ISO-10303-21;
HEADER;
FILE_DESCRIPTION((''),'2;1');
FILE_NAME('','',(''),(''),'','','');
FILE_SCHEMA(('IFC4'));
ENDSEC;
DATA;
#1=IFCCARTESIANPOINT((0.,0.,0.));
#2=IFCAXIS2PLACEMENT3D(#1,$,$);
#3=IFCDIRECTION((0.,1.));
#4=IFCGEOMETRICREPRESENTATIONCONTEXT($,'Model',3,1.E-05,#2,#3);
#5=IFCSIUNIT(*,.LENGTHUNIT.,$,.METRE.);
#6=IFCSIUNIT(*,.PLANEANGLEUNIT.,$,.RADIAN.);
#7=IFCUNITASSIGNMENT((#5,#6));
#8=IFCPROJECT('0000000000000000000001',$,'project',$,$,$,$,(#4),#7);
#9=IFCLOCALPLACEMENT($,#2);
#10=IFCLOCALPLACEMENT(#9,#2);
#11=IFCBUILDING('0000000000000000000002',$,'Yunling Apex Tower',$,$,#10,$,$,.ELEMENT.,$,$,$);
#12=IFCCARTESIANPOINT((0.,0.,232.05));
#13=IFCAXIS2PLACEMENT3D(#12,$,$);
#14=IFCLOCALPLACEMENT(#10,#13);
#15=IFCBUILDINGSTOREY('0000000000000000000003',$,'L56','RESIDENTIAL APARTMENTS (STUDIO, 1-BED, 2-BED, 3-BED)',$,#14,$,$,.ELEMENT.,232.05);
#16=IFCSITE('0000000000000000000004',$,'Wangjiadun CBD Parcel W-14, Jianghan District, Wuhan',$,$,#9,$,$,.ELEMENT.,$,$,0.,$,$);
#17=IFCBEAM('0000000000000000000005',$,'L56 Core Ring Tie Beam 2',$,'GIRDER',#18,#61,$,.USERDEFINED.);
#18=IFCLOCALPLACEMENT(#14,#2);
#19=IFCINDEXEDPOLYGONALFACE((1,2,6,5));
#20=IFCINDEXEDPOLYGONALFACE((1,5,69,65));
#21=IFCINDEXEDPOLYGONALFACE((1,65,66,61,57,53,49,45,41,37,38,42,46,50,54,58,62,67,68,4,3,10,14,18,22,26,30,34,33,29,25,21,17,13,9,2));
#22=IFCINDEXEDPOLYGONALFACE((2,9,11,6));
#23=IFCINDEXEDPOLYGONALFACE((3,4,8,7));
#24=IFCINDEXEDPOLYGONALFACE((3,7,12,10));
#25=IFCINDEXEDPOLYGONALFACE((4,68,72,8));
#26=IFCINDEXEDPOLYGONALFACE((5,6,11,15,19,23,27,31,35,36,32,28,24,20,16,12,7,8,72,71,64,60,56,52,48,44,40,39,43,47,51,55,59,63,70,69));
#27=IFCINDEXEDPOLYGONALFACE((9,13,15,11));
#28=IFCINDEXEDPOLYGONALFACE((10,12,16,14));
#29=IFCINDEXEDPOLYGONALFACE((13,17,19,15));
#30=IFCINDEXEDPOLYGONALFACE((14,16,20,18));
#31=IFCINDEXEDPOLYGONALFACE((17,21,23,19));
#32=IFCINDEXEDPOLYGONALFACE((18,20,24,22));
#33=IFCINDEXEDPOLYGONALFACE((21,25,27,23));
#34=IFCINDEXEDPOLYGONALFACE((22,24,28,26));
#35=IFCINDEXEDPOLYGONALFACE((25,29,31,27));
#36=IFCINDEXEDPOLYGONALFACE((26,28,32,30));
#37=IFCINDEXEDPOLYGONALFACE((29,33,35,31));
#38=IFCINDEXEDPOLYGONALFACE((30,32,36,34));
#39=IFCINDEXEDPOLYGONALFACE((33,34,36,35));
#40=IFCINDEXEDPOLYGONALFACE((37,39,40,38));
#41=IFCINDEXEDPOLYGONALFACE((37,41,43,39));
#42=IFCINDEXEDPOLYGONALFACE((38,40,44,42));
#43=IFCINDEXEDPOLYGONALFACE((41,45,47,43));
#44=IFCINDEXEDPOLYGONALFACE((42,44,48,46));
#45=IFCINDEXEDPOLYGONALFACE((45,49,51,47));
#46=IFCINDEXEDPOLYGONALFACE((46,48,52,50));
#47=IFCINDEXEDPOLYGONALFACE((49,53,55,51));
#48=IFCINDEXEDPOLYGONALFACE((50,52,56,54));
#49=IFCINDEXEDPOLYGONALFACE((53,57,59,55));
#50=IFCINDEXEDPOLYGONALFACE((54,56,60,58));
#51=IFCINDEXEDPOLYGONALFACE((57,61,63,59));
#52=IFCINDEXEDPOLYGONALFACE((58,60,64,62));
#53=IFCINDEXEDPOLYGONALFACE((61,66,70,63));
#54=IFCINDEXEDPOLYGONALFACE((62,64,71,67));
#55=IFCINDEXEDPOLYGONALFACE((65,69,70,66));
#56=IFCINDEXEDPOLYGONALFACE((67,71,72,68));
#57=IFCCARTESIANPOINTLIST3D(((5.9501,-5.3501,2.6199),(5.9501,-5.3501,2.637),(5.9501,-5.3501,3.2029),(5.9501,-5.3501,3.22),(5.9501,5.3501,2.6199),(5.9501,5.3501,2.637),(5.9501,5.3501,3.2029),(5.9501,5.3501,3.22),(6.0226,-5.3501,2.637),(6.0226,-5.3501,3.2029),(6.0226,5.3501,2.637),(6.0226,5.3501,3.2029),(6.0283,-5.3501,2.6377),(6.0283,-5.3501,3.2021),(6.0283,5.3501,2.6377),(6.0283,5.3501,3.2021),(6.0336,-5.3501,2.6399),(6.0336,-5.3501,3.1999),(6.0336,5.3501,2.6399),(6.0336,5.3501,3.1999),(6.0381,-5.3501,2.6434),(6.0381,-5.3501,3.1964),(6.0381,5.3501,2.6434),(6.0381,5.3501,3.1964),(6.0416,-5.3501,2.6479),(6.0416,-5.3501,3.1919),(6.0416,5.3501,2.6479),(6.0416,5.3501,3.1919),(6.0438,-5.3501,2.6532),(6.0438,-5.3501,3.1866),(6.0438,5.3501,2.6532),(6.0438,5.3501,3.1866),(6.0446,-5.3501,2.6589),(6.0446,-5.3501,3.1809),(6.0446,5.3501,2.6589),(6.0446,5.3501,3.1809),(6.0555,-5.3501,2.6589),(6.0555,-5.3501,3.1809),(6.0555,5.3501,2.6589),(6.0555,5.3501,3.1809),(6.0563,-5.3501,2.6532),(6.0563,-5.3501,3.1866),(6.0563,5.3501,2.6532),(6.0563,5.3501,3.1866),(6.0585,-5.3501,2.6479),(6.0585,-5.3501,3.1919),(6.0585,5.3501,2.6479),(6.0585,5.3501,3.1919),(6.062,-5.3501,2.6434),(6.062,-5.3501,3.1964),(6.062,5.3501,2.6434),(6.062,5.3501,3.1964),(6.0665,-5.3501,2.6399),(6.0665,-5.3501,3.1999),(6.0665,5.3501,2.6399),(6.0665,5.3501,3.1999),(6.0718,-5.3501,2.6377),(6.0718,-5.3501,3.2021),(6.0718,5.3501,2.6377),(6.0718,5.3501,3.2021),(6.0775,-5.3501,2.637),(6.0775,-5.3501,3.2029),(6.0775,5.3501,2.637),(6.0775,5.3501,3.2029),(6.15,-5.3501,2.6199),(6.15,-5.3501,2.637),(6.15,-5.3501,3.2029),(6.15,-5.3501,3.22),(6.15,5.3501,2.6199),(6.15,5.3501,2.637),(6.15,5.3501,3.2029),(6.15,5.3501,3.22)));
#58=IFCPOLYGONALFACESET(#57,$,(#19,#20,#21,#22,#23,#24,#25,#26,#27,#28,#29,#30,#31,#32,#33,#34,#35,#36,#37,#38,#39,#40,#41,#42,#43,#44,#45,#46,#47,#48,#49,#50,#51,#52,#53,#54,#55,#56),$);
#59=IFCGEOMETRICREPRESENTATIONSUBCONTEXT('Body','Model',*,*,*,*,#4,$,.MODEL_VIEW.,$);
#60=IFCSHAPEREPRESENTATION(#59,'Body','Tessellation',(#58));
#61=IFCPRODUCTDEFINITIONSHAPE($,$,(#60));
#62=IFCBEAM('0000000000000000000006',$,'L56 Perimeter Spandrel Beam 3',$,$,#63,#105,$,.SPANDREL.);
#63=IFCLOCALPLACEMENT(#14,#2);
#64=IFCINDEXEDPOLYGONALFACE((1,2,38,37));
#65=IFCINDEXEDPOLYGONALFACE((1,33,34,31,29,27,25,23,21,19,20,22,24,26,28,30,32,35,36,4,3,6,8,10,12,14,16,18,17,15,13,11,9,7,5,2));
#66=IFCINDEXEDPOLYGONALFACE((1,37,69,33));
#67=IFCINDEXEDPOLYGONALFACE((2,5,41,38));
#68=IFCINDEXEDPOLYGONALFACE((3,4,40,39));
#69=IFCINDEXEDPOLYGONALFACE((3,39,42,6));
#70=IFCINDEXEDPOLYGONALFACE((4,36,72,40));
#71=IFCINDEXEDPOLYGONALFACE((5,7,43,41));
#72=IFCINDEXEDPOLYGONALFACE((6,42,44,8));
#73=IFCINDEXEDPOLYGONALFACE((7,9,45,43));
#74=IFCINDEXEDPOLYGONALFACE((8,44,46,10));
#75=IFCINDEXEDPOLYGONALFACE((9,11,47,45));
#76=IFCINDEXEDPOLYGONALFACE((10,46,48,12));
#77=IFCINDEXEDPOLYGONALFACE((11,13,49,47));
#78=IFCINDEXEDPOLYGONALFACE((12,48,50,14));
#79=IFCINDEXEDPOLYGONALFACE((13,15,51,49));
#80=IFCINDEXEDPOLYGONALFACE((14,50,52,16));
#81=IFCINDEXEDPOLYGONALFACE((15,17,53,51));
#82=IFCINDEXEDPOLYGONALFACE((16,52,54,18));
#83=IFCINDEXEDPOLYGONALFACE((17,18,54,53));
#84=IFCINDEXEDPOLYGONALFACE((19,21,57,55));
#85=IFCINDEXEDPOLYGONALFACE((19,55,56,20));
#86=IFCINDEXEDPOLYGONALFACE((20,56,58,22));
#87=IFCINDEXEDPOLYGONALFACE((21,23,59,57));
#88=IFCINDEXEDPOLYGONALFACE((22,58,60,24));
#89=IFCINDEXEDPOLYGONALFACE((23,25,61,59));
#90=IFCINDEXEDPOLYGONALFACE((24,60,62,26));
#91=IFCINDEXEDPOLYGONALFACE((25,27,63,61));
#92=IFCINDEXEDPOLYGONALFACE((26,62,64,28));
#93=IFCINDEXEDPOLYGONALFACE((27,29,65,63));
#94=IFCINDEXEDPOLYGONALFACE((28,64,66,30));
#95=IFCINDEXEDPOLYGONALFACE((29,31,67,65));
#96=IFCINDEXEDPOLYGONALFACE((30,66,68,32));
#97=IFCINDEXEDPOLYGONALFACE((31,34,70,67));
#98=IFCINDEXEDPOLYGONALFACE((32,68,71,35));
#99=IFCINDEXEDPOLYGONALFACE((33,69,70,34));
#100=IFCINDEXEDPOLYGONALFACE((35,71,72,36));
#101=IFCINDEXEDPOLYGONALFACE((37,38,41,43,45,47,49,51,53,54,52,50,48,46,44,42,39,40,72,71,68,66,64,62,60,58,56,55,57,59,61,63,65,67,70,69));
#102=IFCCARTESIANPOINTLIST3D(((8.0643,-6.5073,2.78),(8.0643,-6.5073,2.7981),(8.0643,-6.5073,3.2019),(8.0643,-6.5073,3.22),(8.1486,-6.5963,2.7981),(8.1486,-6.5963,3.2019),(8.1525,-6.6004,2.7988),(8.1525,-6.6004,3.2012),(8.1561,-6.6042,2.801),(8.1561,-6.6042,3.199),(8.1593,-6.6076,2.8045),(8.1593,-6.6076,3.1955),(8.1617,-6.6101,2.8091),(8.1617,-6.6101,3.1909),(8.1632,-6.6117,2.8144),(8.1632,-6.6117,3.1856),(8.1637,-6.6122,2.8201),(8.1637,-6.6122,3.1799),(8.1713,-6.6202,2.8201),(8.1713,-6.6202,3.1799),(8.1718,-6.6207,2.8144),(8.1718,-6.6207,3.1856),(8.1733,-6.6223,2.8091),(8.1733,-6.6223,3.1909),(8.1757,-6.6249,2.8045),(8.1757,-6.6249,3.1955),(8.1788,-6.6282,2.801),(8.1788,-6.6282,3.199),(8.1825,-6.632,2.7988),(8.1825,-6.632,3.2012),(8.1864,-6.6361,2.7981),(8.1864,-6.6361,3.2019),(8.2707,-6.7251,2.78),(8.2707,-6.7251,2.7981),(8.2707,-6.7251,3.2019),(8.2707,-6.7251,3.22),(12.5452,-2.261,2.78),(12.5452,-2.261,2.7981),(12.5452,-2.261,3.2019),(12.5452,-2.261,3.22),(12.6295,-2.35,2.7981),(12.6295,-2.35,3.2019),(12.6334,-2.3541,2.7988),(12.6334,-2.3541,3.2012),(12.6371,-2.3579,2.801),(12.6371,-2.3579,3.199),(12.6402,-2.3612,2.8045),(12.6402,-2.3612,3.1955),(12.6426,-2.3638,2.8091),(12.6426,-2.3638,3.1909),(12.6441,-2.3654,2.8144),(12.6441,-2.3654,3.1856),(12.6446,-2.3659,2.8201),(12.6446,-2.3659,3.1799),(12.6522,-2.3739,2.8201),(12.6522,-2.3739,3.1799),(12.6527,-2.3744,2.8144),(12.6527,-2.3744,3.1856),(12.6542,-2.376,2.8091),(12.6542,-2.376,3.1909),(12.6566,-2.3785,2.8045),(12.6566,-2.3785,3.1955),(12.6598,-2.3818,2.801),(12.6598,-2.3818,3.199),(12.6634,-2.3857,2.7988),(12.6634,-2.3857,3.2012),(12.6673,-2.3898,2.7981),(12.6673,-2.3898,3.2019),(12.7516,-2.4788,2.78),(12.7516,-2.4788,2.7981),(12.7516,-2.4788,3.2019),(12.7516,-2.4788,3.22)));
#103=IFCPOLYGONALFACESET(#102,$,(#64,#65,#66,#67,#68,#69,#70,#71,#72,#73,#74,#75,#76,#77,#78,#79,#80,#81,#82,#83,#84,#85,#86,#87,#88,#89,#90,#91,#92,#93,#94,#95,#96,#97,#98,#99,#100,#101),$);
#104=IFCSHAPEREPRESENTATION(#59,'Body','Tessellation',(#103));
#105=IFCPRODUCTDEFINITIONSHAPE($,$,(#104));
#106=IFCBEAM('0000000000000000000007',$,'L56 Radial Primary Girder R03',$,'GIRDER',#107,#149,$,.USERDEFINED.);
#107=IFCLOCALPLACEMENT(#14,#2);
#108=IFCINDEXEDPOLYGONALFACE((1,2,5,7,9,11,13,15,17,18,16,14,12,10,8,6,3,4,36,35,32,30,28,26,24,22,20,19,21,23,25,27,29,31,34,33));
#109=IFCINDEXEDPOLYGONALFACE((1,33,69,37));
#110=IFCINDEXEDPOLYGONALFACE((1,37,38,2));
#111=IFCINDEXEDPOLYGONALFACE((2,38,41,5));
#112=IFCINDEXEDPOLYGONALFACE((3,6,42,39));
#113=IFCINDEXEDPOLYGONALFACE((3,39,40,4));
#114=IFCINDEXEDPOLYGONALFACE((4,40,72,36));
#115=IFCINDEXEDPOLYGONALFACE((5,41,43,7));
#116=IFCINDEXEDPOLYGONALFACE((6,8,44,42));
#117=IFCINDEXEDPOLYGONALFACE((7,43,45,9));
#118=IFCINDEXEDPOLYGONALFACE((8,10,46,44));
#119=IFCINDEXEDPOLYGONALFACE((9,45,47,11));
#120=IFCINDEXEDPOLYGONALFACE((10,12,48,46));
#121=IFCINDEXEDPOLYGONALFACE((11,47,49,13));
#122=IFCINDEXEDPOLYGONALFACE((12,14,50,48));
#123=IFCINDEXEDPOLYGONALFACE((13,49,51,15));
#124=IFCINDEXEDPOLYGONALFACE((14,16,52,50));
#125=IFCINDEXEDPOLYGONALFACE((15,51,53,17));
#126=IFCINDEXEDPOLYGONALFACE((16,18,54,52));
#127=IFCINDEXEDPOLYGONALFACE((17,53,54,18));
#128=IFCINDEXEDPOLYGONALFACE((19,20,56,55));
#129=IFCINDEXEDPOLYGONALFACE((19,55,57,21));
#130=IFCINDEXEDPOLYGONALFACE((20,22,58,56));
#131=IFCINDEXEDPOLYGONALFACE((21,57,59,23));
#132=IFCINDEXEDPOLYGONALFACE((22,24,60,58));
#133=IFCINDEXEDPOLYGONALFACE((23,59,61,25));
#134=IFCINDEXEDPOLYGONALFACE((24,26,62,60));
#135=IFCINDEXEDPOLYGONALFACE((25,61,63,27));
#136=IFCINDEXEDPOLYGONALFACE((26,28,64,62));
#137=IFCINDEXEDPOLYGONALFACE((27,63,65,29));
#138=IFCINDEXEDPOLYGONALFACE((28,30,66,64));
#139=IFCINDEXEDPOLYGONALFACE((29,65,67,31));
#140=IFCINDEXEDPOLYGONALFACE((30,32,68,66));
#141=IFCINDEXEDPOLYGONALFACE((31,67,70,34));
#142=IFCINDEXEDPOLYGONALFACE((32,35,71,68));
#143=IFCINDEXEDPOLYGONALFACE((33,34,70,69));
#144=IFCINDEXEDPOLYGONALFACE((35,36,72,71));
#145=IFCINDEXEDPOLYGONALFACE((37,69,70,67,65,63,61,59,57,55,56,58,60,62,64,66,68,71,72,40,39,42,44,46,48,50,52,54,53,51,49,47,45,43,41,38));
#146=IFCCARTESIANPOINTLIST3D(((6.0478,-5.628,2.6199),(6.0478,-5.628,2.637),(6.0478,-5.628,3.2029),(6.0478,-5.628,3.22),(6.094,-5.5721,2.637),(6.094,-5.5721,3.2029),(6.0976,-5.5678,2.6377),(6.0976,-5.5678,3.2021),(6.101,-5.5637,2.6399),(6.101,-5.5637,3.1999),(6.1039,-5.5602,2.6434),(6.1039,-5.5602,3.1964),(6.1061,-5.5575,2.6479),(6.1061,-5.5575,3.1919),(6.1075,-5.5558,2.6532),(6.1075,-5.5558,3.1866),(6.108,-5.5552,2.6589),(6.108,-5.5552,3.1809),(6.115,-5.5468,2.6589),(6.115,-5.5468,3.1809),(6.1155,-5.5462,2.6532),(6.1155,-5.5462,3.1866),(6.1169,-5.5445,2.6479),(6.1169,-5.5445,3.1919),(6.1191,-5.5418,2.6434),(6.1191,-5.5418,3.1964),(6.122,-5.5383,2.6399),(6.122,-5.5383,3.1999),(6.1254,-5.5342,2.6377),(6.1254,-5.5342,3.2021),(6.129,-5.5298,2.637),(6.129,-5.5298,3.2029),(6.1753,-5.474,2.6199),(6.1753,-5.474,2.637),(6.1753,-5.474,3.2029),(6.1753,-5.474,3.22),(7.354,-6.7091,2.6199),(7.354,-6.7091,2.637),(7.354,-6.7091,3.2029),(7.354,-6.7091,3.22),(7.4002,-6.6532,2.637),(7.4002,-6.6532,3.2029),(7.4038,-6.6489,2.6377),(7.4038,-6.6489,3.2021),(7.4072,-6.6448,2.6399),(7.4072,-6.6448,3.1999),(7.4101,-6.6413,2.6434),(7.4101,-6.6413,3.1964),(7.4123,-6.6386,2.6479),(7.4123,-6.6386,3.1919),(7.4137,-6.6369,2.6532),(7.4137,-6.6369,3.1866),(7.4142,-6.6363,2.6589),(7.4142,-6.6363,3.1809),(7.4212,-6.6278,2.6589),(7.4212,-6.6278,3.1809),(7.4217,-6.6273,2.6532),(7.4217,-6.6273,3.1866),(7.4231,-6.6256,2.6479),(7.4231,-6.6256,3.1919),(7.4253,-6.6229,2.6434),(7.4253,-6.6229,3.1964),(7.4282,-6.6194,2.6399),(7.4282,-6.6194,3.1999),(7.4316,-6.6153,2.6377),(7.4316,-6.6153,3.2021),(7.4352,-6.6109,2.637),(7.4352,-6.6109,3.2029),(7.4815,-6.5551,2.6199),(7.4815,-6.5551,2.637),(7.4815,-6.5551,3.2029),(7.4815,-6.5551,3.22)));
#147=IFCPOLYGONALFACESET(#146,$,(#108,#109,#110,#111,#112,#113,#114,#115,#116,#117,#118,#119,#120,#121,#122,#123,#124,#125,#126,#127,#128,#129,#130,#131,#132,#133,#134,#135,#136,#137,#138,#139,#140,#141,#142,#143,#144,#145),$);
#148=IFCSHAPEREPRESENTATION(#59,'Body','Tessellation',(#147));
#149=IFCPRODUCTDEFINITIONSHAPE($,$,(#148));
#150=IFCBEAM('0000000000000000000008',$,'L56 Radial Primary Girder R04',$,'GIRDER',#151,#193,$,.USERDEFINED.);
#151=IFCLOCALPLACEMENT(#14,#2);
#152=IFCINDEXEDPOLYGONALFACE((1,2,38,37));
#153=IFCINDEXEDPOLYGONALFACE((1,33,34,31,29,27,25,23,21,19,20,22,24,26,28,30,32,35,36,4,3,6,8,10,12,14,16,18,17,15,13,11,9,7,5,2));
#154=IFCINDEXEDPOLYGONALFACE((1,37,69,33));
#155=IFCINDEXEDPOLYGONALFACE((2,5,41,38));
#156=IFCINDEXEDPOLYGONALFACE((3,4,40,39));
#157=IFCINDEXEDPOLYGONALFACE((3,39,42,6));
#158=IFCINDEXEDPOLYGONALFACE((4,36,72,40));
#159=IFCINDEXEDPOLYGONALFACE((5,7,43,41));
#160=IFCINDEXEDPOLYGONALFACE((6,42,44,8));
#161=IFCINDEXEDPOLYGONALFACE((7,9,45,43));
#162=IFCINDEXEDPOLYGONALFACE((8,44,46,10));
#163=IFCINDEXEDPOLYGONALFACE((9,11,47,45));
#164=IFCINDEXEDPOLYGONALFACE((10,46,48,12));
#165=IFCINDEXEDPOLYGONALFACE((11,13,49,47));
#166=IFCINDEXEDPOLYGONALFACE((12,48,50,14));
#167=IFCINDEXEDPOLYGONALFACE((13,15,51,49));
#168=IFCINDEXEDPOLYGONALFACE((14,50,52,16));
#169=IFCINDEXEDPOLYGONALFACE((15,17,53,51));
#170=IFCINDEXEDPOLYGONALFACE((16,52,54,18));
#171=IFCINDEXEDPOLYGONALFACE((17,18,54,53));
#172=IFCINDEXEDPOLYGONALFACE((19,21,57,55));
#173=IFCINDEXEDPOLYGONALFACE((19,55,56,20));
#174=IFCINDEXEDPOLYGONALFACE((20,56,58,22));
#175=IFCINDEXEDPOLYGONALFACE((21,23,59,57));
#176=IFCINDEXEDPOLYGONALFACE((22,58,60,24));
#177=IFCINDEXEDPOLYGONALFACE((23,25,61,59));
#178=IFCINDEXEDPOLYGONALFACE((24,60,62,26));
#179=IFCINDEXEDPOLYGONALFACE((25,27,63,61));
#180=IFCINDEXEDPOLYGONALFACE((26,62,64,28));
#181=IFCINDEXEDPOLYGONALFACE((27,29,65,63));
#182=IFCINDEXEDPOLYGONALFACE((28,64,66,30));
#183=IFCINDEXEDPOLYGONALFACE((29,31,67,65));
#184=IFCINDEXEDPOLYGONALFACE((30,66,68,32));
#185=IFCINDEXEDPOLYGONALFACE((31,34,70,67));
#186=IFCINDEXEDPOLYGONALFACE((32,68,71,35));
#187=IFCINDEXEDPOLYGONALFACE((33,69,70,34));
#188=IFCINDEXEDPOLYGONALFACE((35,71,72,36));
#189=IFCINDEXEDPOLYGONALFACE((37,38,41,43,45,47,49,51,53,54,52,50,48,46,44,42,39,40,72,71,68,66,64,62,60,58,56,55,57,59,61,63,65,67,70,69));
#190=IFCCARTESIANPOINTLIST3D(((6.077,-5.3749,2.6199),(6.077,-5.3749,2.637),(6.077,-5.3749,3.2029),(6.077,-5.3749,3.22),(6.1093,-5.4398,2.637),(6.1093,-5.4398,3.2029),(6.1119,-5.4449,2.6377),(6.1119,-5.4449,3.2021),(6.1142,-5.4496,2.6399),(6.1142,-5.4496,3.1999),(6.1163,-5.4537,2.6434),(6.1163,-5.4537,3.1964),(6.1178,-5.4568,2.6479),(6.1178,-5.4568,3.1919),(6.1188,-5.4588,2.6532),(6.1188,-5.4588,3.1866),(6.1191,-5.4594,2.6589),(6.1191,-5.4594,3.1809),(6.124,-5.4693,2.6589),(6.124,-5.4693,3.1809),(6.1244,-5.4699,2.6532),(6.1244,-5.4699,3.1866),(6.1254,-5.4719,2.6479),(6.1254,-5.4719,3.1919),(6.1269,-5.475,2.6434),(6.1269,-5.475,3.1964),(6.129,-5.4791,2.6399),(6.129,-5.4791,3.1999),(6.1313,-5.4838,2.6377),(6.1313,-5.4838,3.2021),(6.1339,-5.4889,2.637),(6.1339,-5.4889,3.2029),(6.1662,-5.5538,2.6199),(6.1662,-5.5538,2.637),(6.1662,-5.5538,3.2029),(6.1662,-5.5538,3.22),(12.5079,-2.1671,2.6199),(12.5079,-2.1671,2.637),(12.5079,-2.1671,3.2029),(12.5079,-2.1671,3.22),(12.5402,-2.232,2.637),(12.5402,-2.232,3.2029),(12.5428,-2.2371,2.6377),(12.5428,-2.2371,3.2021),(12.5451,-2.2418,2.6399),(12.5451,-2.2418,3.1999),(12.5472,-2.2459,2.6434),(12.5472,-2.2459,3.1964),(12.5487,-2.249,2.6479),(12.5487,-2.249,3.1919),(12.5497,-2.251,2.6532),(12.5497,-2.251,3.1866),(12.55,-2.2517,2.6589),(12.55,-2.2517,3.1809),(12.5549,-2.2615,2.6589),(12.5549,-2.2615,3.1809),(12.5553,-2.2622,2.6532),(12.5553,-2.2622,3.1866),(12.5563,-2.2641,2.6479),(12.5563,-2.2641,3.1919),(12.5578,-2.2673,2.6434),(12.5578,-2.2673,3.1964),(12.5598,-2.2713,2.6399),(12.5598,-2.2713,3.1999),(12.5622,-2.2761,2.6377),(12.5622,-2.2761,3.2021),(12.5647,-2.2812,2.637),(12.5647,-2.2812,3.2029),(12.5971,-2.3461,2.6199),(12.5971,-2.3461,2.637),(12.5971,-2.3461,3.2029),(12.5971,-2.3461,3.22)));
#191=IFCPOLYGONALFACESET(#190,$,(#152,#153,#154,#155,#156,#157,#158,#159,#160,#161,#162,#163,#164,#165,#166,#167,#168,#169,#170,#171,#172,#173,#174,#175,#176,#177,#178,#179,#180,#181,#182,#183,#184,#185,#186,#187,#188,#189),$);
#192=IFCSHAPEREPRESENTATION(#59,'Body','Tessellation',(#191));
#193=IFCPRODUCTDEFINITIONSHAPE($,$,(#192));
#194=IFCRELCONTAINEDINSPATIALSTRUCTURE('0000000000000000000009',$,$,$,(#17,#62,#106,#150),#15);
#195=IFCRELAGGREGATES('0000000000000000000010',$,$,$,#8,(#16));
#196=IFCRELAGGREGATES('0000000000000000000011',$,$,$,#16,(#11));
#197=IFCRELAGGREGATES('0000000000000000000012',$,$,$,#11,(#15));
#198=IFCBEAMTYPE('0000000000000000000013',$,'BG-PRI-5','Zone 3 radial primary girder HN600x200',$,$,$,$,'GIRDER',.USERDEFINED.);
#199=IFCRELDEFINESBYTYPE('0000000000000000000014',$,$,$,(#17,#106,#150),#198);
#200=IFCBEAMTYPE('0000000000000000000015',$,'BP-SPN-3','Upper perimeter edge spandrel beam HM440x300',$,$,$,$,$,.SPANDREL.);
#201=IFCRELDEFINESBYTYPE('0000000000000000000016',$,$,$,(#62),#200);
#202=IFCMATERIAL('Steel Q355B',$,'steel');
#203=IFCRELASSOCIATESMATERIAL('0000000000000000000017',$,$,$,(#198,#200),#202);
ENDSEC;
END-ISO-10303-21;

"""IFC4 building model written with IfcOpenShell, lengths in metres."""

from ifc_helpers import new_model, si_unit, direction, frame, origin, origin_2d, place, context, subcontext, project, spatial, i_section, extrude, source, transform, mapped, material, material_profile, profile_set, type_object, element, save


model = new_model("IFC4")

# Units and contexts
model_context = context("Model", 3, precision=1e-05, world=origin(), true_north=direction((0.0, 1.0)))
body_context = subcontext(model_context, "Body", "Model", "MODEL_VIEW")
ifc_project = project(units=[si_unit("LENGTHUNIT", "METRE"), si_unit("PLANEANGLEUNIT", "RADIAN")], contexts=[model_context])

# Site, building, storey
site_placement = place(None, origin())
site = spatial("IfcSite", under=ifc_project, at=site_placement, Name="Wangjiadun CBD Parcel W-14, Jianghan District, Wuhan", CompositionType="ELEMENT", RefElevation=0.0)
building_placement = place(site_placement, origin())
building = spatial("IfcBuilding", under=site, at=building_placement, Name="Yunling Apex Tower", CompositionType="ELEMENT")
storey_placement = place(building_placement, frame((0.0, 0.0, 232.05)))
storey = spatial("IfcBuildingStorey", under=building, at=storey_placement, Name="L56", Description="RESIDENTIAL APARTMENTS (STUDIO, 1-BED, 2-BED, 3-BED)", CompositionType="ELEMENT", Elevation=232.05)

# Beams
ifc_material_1 = material(Name="Steel Q355B", Category="steel")
ifc_material_profile_1 = material_profile(ifc_material_1, i_section(OverallWidth=0.2, OverallDepth=0.6001, WebThickness=0.011, FlangeThickness=0.0171, FilletRadius=0.022, at=origin_2d()))
ifc_profile_set_1 = profile_set([ifc_material_profile_1], Name="Steel Q355B")
beam_type_1 = type_object("IfcBeamType", Name="BG-PRI-5", Description="Zone 3 radial primary girder HN600x200", ElementType="GIRDER", PredefinedType="USERDEFINED", material=ifc_profile_set_1)
shared_shape_1 = source(origin(), body_context, "Body", "SweptSolid", [
    extrude(i_section(OverallWidth=0.2, OverallDepth=0.6001, WebThickness=0.011, FlangeThickness=0.0171, FilletRadius=0.022, at=origin_2d()), origin(), (0.0, 0.0, 1.0), 10.7002),
])
beam_1_placement = place(storey_placement, frame((6.05, -5.3501, 2.9199), z_axis=(0.0, 1.0, 0.0), x_axis=(-1.0, 0.0, 0.0)))
element("IfcBeam", 1, at=beam_1_placement, inside=storey, type_object=beam_type_1, Name="L56 Core Ring Tie Beam 2", ObjectType="GIRDER", PredefinedType="USERDEFINED", context=body_context, shape_type="MappedRepresentation", body=[
    mapped(shared_shape_1, transform((0.0, 0.0, 0.0), scale=1.0)),
])
ifc_material_profile_2 = material_profile(ifc_material_1, i_section(OverallWidth=0.3, OverallDepth=0.4399, WebThickness=0.011, FlangeThickness=0.0181, FilletRadius=0.022, at=origin_2d()))
ifc_profile_set_2 = profile_set([ifc_material_profile_2], Name="Steel Q355B")
beam_type_2 = type_object("IfcBeamType", Name="BP-SPN-3", Description="Upper perimeter edge spandrel beam HM440x300", PredefinedType="SPANDREL", material=ifc_profile_set_2)
shared_shape_2 = source(origin(), body_context, "Body", "SweptSolid", [
    extrude(i_section(OverallWidth=0.3, OverallDepth=0.4399, WebThickness=0.011, FlangeThickness=0.0181, FilletRadius=0.022, at=origin_2d()), origin(), (0.0, 0.0, 1.0), 6.1733),
])
beam_2_placement = place(storey_placement, frame((8.1675, -6.6162, 3.0), z_axis=(0.725854, 0.687849, 0.0), x_axis=(-0.687849, 0.725854, 0.0)))
element("IfcBeam", 2, at=beam_2_placement, inside=storey, type_object=beam_type_2, Name="L56 Perimeter Spandrel Beam 3", PredefinedType="SPANDREL", context=body_context, shape_type="MappedRepresentation", body=[
    mapped(shared_shape_2, transform((0.0, 0.0, 0.0), scale=1.0)),
])
shared_shape_3 = source(origin(), body_context, "Body", "SweptSolid", [
    extrude(i_section(OverallWidth=0.2, OverallDepth=0.6001, WebThickness=0.011, FlangeThickness=0.0171, FilletRadius=0.022, at=origin_2d()), origin(), (0.0, 0.0, 1.0), 1.6956),
])
beam_3_placement = place(storey_placement, frame((7.4177, -6.6321, 2.9199), z_axis=(-0.770365, 0.637603, 0.0), x_axis=(-0.637603, -0.770365, 0.0)))
element("IfcBeam", 3, at=beam_3_placement, inside=storey, type_object=beam_type_1, Name="L56 Radial Primary Girder R03", ObjectType="GIRDER", PredefinedType="USERDEFINED", context=body_context, shape_type="MappedRepresentation", body=[
    mapped(shared_shape_3, transform((0.0, 0.0, 0.0), scale=1.0)),
])
shared_shape_4 = source(origin(), body_context, "Body", "SweptSolid", [
    extrude(i_section(OverallWidth=0.2, OverallDepth=0.6001, WebThickness=0.011, FlangeThickness=0.0171, FilletRadius=0.022, at=origin_2d()), origin(), (0.0, 0.0, 1.0), 7.1865),
])
beam_4_placement = place(storey_placement, frame((12.5525, -2.2566, 2.9199), z_axis=(-0.894855, -0.446357, 0.0), x_axis=(0.446357, -0.894855, 0.0)))
element("IfcBeam", 4, at=beam_4_placement, inside=storey, type_object=beam_type_1, Name="L56 Radial Primary Girder R04", ObjectType="GIRDER", PredefinedType="USERDEFINED", context=body_context, shape_type="MappedRepresentation", body=[
    mapped(shared_shape_4, transform((0.0, 0.0, 0.0), scale=1.0)),
])

save(model, "model.ifc")
